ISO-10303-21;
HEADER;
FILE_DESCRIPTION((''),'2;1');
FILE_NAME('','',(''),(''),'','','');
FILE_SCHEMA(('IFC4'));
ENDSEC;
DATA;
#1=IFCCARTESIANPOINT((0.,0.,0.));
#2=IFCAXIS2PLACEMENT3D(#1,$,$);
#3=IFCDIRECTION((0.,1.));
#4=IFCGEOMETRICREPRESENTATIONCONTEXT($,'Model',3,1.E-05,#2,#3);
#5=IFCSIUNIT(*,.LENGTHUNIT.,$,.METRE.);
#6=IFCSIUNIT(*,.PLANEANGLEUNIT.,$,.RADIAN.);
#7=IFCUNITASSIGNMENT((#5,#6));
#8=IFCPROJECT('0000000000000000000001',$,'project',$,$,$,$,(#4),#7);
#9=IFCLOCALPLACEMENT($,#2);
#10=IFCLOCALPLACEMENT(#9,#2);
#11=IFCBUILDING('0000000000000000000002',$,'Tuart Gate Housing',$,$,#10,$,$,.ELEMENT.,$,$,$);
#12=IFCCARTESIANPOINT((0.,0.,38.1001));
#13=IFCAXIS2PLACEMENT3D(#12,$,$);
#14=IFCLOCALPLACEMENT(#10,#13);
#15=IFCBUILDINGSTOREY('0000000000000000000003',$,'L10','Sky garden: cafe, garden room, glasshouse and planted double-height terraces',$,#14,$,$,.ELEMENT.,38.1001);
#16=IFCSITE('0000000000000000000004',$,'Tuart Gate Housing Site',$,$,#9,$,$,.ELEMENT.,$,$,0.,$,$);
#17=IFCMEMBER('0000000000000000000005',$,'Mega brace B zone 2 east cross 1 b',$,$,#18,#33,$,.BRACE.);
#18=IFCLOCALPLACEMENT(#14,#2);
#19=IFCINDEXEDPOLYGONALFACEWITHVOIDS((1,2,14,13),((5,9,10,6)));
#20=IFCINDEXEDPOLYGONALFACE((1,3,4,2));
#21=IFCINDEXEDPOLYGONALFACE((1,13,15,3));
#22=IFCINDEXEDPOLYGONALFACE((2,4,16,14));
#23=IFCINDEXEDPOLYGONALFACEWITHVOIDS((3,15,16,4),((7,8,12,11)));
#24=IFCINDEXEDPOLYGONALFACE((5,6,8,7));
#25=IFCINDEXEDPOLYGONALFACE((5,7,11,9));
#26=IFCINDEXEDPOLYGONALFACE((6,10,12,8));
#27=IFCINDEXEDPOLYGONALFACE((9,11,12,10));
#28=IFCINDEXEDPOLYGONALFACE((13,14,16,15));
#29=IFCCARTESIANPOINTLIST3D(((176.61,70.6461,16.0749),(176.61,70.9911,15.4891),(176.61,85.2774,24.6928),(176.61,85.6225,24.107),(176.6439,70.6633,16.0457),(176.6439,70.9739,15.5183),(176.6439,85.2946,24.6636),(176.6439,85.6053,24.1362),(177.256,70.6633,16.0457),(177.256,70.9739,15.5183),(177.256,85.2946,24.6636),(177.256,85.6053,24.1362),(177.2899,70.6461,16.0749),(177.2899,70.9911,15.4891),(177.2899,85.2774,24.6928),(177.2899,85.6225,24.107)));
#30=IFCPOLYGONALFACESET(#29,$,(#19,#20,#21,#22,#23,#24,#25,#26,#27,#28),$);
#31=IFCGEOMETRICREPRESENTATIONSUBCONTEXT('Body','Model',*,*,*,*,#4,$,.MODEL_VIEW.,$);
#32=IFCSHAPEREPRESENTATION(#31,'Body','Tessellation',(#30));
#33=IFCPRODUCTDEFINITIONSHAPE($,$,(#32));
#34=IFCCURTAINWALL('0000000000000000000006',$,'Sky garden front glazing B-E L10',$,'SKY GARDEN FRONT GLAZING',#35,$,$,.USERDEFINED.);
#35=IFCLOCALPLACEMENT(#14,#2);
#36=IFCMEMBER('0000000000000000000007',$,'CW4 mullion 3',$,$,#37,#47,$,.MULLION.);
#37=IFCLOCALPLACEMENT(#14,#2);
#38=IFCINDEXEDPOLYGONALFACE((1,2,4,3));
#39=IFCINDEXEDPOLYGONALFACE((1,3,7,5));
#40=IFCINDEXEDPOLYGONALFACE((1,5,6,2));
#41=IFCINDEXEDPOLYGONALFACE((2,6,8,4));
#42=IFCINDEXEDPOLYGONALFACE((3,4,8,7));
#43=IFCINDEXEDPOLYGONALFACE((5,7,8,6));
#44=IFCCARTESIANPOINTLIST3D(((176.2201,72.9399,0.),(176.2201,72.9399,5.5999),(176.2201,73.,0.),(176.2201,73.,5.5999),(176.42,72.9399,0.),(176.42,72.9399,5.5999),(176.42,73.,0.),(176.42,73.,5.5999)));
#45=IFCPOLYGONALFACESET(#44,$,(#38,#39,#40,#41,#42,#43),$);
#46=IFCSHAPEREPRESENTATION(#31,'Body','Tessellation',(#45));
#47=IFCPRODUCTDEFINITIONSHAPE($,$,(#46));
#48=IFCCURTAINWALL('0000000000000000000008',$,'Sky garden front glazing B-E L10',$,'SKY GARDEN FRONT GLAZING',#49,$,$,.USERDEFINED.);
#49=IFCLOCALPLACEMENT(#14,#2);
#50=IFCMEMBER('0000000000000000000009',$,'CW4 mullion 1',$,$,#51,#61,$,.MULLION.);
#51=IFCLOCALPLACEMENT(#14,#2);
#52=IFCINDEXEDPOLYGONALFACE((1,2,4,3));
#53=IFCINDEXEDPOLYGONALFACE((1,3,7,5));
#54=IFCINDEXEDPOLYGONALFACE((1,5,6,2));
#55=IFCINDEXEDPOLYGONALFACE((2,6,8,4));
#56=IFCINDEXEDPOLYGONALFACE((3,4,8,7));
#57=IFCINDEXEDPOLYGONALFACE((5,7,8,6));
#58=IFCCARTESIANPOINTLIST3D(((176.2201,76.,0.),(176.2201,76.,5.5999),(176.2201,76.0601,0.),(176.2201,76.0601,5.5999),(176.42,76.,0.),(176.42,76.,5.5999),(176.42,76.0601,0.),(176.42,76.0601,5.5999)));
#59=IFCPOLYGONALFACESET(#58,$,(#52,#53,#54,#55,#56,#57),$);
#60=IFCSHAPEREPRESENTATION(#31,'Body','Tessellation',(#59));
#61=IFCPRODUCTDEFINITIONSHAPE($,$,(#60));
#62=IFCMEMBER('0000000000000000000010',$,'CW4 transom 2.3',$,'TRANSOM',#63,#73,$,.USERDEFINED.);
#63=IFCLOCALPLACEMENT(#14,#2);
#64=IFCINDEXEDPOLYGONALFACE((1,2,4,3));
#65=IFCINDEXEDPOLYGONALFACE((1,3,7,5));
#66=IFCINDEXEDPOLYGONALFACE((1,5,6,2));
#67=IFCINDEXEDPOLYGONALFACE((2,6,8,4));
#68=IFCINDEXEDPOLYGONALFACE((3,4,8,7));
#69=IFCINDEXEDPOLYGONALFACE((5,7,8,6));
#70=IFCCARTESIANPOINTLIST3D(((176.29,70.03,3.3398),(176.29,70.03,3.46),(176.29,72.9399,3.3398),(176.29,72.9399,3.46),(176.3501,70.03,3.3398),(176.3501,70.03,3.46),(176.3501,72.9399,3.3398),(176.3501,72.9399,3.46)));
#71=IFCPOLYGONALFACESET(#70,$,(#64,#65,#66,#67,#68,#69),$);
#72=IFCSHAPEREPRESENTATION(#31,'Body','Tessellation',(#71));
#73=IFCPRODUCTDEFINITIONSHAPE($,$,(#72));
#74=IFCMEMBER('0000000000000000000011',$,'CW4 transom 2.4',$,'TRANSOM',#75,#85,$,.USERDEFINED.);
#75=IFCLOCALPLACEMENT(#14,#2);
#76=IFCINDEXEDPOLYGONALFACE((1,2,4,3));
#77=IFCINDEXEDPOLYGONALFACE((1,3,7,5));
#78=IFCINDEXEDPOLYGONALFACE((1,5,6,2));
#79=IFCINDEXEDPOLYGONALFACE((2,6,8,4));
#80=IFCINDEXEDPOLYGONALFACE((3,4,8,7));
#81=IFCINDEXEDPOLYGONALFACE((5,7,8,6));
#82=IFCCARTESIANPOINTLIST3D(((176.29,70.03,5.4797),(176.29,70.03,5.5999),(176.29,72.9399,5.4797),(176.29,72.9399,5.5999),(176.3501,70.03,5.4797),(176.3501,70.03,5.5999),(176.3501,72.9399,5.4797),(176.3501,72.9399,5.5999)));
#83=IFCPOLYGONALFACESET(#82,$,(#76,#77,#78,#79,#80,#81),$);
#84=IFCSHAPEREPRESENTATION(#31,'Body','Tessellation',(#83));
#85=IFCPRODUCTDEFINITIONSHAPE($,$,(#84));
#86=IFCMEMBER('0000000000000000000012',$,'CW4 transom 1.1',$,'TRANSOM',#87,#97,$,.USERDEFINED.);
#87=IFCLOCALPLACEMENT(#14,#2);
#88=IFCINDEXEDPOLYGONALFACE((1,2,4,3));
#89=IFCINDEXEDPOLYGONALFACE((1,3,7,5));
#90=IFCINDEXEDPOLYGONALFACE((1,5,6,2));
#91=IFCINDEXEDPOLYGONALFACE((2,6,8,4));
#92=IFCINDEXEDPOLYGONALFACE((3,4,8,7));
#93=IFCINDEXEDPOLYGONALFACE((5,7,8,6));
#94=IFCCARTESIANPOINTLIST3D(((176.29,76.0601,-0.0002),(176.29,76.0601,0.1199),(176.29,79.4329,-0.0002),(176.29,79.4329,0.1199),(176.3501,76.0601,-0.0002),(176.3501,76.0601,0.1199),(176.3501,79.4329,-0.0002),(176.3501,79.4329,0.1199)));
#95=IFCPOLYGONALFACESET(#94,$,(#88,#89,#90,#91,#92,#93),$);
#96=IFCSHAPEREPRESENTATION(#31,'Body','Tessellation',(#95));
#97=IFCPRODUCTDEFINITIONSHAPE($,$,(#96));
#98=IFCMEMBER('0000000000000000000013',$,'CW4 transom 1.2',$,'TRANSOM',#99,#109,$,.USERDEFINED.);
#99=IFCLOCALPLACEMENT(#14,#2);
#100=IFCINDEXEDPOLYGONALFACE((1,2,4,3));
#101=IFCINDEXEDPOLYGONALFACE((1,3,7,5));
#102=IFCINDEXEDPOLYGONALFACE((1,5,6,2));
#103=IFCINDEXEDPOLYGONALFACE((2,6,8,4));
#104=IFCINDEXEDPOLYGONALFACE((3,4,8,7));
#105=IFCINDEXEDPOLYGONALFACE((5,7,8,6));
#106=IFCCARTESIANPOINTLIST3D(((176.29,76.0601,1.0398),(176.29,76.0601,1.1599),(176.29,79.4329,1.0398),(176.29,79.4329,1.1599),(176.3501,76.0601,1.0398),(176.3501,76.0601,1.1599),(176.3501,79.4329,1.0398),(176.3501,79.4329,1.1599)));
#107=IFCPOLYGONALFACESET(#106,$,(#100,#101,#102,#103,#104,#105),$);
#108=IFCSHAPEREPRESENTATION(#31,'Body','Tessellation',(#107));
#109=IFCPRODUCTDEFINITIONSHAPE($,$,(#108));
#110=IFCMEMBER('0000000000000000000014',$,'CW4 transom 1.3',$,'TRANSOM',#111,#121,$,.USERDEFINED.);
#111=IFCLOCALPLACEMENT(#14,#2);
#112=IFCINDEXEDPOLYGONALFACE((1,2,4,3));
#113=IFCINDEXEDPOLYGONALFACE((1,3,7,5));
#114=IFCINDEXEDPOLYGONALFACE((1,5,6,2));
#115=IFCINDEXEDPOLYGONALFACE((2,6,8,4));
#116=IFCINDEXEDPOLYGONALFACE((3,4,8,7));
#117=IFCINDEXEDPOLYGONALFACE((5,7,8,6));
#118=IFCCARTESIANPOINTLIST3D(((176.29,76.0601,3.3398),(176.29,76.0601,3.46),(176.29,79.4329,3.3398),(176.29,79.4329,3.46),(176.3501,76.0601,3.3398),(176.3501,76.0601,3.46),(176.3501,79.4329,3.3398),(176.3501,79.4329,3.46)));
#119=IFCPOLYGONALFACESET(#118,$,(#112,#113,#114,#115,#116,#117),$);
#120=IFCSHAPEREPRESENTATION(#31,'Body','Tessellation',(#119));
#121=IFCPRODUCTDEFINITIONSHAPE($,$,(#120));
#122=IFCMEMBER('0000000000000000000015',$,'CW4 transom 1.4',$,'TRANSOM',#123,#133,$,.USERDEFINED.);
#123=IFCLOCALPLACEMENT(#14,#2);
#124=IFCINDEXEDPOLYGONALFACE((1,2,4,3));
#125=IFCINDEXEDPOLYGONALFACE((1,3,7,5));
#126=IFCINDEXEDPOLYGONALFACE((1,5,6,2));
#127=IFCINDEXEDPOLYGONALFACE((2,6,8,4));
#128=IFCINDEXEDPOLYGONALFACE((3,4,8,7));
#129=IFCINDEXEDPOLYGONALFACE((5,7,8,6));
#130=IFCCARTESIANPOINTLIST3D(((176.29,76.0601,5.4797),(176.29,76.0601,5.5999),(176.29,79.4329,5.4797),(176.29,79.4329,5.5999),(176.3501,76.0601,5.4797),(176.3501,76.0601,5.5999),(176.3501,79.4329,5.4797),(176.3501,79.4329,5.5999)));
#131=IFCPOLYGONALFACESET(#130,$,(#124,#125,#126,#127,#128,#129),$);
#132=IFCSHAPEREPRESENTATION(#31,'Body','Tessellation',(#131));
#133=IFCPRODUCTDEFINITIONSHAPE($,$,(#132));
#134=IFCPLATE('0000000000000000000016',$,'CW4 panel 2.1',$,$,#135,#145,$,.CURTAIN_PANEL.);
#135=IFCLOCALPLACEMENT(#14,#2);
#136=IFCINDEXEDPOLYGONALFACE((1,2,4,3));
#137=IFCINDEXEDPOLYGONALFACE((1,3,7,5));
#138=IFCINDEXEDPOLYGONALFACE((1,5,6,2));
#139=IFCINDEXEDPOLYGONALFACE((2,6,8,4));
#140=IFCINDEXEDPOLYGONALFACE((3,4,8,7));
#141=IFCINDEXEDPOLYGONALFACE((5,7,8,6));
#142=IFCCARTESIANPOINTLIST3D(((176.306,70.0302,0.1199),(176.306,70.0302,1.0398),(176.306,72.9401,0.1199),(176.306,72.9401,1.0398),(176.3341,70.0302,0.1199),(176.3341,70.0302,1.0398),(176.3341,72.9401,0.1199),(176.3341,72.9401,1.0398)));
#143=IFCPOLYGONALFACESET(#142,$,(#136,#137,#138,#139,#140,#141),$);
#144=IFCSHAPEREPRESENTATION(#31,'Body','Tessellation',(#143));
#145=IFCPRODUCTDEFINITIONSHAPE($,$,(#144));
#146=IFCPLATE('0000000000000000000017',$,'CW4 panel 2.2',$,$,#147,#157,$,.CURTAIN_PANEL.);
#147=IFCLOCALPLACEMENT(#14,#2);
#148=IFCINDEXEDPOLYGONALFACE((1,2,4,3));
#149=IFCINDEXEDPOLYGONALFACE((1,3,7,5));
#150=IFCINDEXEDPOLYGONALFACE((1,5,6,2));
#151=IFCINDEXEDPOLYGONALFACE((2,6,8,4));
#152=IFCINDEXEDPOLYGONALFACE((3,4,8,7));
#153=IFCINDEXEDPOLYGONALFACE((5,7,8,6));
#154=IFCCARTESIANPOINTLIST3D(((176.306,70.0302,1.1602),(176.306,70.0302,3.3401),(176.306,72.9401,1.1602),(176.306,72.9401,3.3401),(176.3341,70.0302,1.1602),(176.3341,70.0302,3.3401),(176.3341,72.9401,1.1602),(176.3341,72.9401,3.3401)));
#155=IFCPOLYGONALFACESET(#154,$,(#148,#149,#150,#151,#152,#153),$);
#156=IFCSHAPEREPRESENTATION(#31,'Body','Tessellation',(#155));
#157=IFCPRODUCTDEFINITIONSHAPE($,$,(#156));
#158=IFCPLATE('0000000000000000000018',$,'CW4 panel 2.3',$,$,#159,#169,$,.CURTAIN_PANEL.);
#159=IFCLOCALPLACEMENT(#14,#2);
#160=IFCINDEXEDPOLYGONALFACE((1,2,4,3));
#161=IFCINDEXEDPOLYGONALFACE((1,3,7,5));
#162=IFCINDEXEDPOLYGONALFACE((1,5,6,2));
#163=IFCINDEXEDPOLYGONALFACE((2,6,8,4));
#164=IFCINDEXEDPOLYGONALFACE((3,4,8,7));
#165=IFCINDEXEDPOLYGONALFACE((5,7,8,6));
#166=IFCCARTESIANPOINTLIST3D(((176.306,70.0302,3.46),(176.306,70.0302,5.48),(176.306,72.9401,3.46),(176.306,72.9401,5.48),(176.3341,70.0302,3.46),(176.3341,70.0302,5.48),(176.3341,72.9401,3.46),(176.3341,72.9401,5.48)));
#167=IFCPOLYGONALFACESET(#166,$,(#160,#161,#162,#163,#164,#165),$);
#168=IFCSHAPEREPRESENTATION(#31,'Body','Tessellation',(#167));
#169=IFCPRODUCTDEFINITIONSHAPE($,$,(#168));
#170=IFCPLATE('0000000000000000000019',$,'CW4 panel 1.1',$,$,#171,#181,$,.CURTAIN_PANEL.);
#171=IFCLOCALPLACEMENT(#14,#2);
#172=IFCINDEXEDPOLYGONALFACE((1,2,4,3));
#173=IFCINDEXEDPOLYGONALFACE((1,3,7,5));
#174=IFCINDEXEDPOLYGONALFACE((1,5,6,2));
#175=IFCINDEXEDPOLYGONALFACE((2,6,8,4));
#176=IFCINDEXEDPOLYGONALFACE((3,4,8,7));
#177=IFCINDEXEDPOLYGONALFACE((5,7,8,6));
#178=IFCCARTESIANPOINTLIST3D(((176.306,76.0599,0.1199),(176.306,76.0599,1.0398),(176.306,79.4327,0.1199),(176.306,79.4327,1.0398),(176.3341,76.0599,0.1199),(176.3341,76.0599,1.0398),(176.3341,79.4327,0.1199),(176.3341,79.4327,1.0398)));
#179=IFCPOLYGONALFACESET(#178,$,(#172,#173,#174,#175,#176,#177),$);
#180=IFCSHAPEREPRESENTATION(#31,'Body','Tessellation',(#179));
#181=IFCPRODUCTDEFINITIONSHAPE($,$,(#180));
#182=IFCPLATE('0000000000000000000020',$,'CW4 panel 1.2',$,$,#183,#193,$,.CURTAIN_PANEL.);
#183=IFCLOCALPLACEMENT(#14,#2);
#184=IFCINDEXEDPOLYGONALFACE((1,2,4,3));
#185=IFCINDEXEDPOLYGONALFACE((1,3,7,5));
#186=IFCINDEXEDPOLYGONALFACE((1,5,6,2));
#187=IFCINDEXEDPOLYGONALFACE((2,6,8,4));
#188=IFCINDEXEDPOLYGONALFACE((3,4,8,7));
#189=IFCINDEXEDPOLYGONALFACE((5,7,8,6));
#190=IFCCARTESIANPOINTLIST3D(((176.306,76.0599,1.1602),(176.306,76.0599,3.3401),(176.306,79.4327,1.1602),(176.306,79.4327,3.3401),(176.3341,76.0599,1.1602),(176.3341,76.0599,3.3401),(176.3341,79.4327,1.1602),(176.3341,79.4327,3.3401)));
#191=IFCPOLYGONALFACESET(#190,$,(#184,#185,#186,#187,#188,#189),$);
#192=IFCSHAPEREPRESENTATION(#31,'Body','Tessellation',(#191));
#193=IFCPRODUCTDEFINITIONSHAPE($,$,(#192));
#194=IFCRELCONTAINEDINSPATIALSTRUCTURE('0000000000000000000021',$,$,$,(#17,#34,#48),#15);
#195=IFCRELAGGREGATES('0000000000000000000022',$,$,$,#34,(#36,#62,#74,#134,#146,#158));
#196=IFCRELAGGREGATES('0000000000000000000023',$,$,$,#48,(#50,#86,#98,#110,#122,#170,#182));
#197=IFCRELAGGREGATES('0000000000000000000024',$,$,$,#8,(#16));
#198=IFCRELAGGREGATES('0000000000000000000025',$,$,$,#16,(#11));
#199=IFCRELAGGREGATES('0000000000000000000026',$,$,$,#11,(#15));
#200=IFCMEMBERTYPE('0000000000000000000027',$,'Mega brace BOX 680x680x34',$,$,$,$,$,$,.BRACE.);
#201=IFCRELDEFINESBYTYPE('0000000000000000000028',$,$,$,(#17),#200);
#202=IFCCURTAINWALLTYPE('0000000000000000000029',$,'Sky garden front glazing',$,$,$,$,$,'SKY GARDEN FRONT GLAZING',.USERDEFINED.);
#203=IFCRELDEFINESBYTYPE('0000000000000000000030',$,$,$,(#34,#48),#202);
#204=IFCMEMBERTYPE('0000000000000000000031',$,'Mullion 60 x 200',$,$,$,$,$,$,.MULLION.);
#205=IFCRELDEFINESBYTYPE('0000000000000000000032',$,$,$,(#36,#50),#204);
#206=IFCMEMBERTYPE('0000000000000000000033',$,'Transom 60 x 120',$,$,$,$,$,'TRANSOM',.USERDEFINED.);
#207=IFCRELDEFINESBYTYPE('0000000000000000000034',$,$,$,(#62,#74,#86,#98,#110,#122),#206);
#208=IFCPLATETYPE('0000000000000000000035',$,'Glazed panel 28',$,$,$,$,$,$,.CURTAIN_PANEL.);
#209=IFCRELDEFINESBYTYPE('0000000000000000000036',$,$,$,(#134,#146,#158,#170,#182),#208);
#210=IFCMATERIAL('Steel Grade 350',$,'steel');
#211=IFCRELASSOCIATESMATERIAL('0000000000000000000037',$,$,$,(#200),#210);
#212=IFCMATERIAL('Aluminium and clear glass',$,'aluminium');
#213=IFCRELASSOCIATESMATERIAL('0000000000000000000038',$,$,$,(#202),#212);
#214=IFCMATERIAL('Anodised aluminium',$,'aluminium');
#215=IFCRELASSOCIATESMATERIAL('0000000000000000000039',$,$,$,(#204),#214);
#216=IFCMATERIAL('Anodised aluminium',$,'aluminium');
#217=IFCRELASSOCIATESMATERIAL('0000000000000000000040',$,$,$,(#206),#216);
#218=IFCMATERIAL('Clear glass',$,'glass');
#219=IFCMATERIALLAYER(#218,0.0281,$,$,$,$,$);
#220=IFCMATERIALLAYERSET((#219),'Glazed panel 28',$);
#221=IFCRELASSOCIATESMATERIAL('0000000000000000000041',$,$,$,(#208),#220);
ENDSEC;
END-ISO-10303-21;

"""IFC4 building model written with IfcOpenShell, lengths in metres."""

from ifc_helpers import new_model, si_unit, direction, frame, origin, origin_2d, place, context, subcontext, project, spatial, rectangle, hollow_rectangle, extrude, material, layer, layer_set, material_profile, profile_set, type_object, element, aggregate, save


model = new_model("IFC4")

# Units and contexts
model_context = context("Model", 3, precision=1e-05, world=origin(), true_north=direction((0.0, 1.0)))
body_context = subcontext(model_context, "Body", "Model", "MODEL_VIEW")
ifc_project = project(units=[si_unit("LENGTHUNIT", "METRE"), si_unit("PLANEANGLEUNIT", "RADIAN")], contexts=[model_context])

# Site, building, storey
site_placement = place(None, origin())
site = spatial("IfcSite", under=ifc_project, at=site_placement, Name="Tuart Gate Housing Site", CompositionType="ELEMENT", RefElevation=0.0)
building_placement = place(site_placement, origin())
building = spatial("IfcBuilding", under=site, at=building_placement, Name="Tuart Gate Housing", CompositionType="ELEMENT")
storey_placement = place(building_placement, frame((0.0, 0.0, 38.1001)))
storey = spatial("IfcBuildingStorey", under=building, at=storey_placement, Name="L10", Description="Sky garden: cafe, garden room, glasshouse and planted double-height terraces", CompositionType="ELEMENT", Elevation=38.1001)

# Member
ifc_material_1 = material(Name="Steel Grade 350", Category="steel")
ifc_material_profile_1 = material_profile(ifc_material_1, hollow_rectangle(XDim=0.6799, YDim=0.6799, WallThickness=0.0339, at=origin_2d()), Name="BOX 680x680x34")
ifc_profile_set_1 = profile_set([ifc_material_profile_1], Name="Steel Grade 350")
member_type_1 = type_object("IfcMemberType", Name="Mega brace BOX 680x680x34", PredefinedType="BRACE", material=ifc_profile_set_1)
member_1_placement = place(storey_placement, frame((176.95, 70.8186, 15.782), z_axis=(0.0, 0.861645, 0.507512), x_axis=(-1.0, 0.0, 0.0)))
element("IfcMember", 1, at=member_1_placement, inside=storey, type_object=member_type_1, Name="Mega brace B zone 2 east cross 1 b", PredefinedType="BRACE", context=body_context, shape_type="SweptSolid", body=[
    extrude(hollow_rectangle(XDim=0.6799, YDim=0.6799, WallThickness=0.0339, at=origin_2d()), origin(), (0.0, 0.0, 1.0), 16.9807),
])

# Curtain walls, members
ifc_material_2 = material(Name="Aluminium and clear glass", Category="aluminium")
curtain_wall_type = type_object("IfcCurtainWallType", Name="Sky garden front glazing", ElementType="SKY GARDEN FRONT GLAZING", PredefinedType="USERDEFINED", material=ifc_material_2)
curtain_wall_1_placement = place(storey_placement, origin())
curtain_wall_1 = element("IfcCurtainWall", 2, at=curtain_wall_1_placement, inside=storey, type_object=curtain_wall_type, Name="Sky garden front glazing B-E L10", ObjectType="SKY GARDEN FRONT GLAZING", PredefinedType="USERDEFINED")
ifc_material_3 = material(Name="Anodised aluminium", Category="aluminium")
ifc_material_profile_2 = material_profile(ifc_material_3, rectangle(XDim=0.0601, YDim=0.2, at=origin_2d()), Name="60x200")
ifc_profile_set_2 = profile_set([ifc_material_profile_2], Name="Anodised aluminium")
member_type_2 = type_object("IfcMemberType", Name="Mullion 60 x 200", PredefinedType="MULLION", material=ifc_profile_set_2)
member_2_placement = place(storey_placement, frame((176.3201, 72.97, 0.0), z_axis=(0.0, 0.0, 1.0), x_axis=(0.0, 1.0, 0.0)))
member_2 = element("IfcMember", 3, at=member_2_placement, type_object=member_type_2, Name="CW4 mullion 3", PredefinedType="MULLION", context=body_context, shape_type="SweptSolid", body=[
    extrude(rectangle(XDim=0.0601, YDim=0.2, at=origin_2d()), origin(), (0.0, 0.0, 1.0), 5.5999),
])
curtain_wall_2_placement = place(storey_placement, origin())
curtain_wall_2 = element("IfcCurtainWall", 4, at=curtain_wall_2_placement, inside=storey, type_object=curtain_wall_type, Name="Sky garden front glazing B-E L10", ObjectType="SKY GARDEN FRONT GLAZING", PredefinedType="USERDEFINED")
member_3_placement = place(storey_placement, frame((176.3201, 76.03, 0.0), z_axis=(0.0, 0.0, 1.0), x_axis=(0.0, 1.0, 0.0)))
member_3 = element("IfcMember", 5, at=member_3_placement, type_object=member_type_2, Name="CW4 mullion 1", PredefinedType="MULLION", context=body_context, shape_type="SweptSolid", body=[
    extrude(rectangle(XDim=0.0601, YDim=0.2, at=origin_2d()), origin(), (0.0, 0.0, 1.0), 5.5999),
])

# Members
ifc_material_4 = material(Name="Anodised aluminium", Category="aluminium")
ifc_material_profile_3 = material_profile(ifc_material_4, rectangle(XDim=0.0601, YDim=0.1201, at=origin_2d()), Name="60x120")
ifc_profile_set_3 = profile_set([ifc_material_profile_3], Name="Anodised aluminium")
member_type_3 = type_object("IfcMemberType", Name="Transom 60 x 120", ElementType="TRANSOM", PredefinedType="USERDEFINED", material=ifc_profile_set_3)
member_4_placement = place(storey_placement, frame((176.3201, 70.03, 3.3999), z_axis=(0.0, 1.0, 0.0), x_axis=(-1.0, 0.0, 0.0)))
member_4 = element("IfcMember", 6, at=member_4_placement, type_object=member_type_3, Name="CW4 transom 2.3", ObjectType="TRANSOM", PredefinedType="USERDEFINED", context=body_context, shape_type="SweptSolid", body=[
    extrude(rectangle(XDim=0.0601, YDim=0.1201, at=origin_2d()), origin(), (0.0, 0.0, 1.0), 2.9099),
])
member_5_placement = place(storey_placement, frame((176.3201, 70.03, 5.5398), z_axis=(0.0, 1.0, 0.0), x_axis=(-1.0, 0.0, 0.0)))
member_5 = element("IfcMember", 7, at=member_5_placement, type_object=member_type_3, Name="CW4 transom 2.4", ObjectType="TRANSOM", PredefinedType="USERDEFINED", context=body_context, shape_type="SweptSolid", body=[
    extrude(rectangle(XDim=0.0601, YDim=0.1201, at=origin_2d()), origin(), (0.0, 0.0, 1.0), 2.9099),
])
member_6_placement = place(storey_placement, frame((176.3201, 76.0601, 0.0598), z_axis=(0.0, 1.0, 0.0), x_axis=(-1.0, 0.0, 0.0)))
member_6 = element("IfcMember", 8, at=member_6_placement, type_object=member_type_3, Name="CW4 transom 1.1", ObjectType="TRANSOM", PredefinedType="USERDEFINED", context=body_context, shape_type="SweptSolid", body=[
    extrude(rectangle(XDim=0.0601, YDim=0.1201, at=origin_2d()), origin(), (0.0, 0.0, 1.0), 3.3728),
])
member_7_placement = place(storey_placement, frame((176.3201, 76.0601, 1.0999), z_axis=(0.0, 1.0, 0.0), x_axis=(-1.0, 0.0, 0.0)))
member_7 = element("IfcMember", 9, at=member_7_placement, type_object=member_type_3, Name="CW4 transom 1.2", ObjectType="TRANSOM", PredefinedType="USERDEFINED", context=body_context, shape_type="SweptSolid", body=[
    extrude(rectangle(XDim=0.0601, YDim=0.1201, at=origin_2d()), origin(), (0.0, 0.0, 1.0), 3.3728),
])
member_8_placement = place(storey_placement, frame((176.3201, 76.0601, 3.3999), z_axis=(0.0, 1.0, 0.0), x_axis=(-1.0, 0.0, 0.0)))
member_8 = element("IfcMember", 10, at=member_8_placement, type_object=member_type_3, Name="CW4 transom 1.3", ObjectType="TRANSOM", PredefinedType="USERDEFINED", context=body_context, shape_type="SweptSolid", body=[
    extrude(rectangle(XDim=0.0601, YDim=0.1201, at=origin_2d()), origin(), (0.0, 0.0, 1.0), 3.3728),
])
member_9_placement = place(storey_placement, frame((176.3201, 76.0601, 5.5398), z_axis=(0.0, 1.0, 0.0), x_axis=(-1.0, 0.0, 0.0)))
member_9 = element("IfcMember", 11, at=member_9_placement, type_object=member_type_3, Name="CW4 transom 1.4", ObjectType="TRANSOM", PredefinedType="USERDEFINED", context=body_context, shape_type="SweptSolid", body=[
    extrude(rectangle(XDim=0.0601, YDim=0.1201, at=origin_2d()), origin(), (0.0, 0.0, 1.0), 3.3728),
])

# Plates
ifc_material_5 = material(Name="Clear glass", Category="glass")
ifc_layer_1 = layer(ifc_material_5, 0.0281)
ifc_layer_set_1 = layer_set([ifc_layer_1], Name="Glazed panel 28")
plate_type = type_object("IfcPlateType", Name="Glazed panel 28", PredefinedType="CURTAIN_PANEL", material=ifc_layer_set_1)
plate_1_placement = place(storey_placement, frame((176.3201, 71.4851, 0.1199), z_axis=(0.0, 0.0, 1.0), x_axis=(0.0, 1.0, 0.0)))
plate_1 = element("IfcPlate", 12, at=plate_1_placement, type_object=plate_type, Name="CW4 panel 2.1", PredefinedType="CURTAIN_PANEL", context=body_context, shape_type="SweptSolid", body=[
    extrude(rectangle(XDim=2.9099, YDim=0.0281, at=origin_2d()), origin(), (0.0, 0.0, 1.0), 0.9199),
])
plate_2_placement = place(storey_placement, frame((176.3201, 71.4851, 1.1602), z_axis=(0.0, 0.0, 1.0), x_axis=(0.0, 1.0, 0.0)))
plate_2 = element("IfcPlate", 13, at=plate_2_placement, type_object=plate_type, Name="CW4 panel 2.2", PredefinedType="CURTAIN_PANEL", context=body_context, shape_type="SweptSolid", body=[
    extrude(rectangle(XDim=2.9099, YDim=0.0281, at=origin_2d()), origin(), (0.0, 0.0, 1.0), 2.1799),
])
plate_3_placement = place(storey_placement, frame((176.3201, 71.4851, 3.46), z_axis=(0.0, 0.0, 1.0), x_axis=(0.0, 1.0, 0.0)))
plate_3 = element("IfcPlate", 14, at=plate_3_placement, type_object=plate_type, Name="CW4 panel 2.3", PredefinedType="CURTAIN_PANEL", context=body_context, shape_type="SweptSolid", body=[
    extrude(rectangle(XDim=2.9099, YDim=0.0281, at=origin_2d()), origin(), (0.0, 0.0, 1.0), 2.02),
])
aggregate(curtain_wall_1, [member_2, member_4, member_5, plate_1, plate_2, plate_3])
plate_4_placement = place(storey_placement, frame((176.3201, 77.7463, 0.1199), z_axis=(0.0, 0.0, 1.0), x_axis=(0.0, 1.0, 0.0)))
plate_4 = element("IfcPlate", 15, at=plate_4_placement, type_object=plate_type, Name="CW4 panel 1.1", PredefinedType="CURTAIN_PANEL", context=body_context, shape_type="SweptSolid", body=[
    extrude(rectangle(XDim=3.3728, YDim=0.0281, at=origin_2d()), origin(), (0.0, 0.0, 1.0), 0.9199),
])
plate_5_placement = place(storey_placement, frame((176.3201, 77.7463, 1.1602), z_axis=(0.0, 0.0, 1.0), x_axis=(0.0, 1.0, 0.0)))
plate_5 = element("IfcPlate", 16, at=plate_5_placement, type_object=plate_type, Name="CW4 panel 1.2", PredefinedType="CURTAIN_PANEL", context=body_context, shape_type="SweptSolid", body=[
    extrude(rectangle(XDim=3.3728, YDim=0.0281, at=origin_2d()), origin(), (0.0, 0.0, 1.0), 2.1799),
])
aggregate(curtain_wall_2, [member_3, member_6, member_7, member_8, member_9, plate_4, plate_5])

save(model, "model.ifc")
